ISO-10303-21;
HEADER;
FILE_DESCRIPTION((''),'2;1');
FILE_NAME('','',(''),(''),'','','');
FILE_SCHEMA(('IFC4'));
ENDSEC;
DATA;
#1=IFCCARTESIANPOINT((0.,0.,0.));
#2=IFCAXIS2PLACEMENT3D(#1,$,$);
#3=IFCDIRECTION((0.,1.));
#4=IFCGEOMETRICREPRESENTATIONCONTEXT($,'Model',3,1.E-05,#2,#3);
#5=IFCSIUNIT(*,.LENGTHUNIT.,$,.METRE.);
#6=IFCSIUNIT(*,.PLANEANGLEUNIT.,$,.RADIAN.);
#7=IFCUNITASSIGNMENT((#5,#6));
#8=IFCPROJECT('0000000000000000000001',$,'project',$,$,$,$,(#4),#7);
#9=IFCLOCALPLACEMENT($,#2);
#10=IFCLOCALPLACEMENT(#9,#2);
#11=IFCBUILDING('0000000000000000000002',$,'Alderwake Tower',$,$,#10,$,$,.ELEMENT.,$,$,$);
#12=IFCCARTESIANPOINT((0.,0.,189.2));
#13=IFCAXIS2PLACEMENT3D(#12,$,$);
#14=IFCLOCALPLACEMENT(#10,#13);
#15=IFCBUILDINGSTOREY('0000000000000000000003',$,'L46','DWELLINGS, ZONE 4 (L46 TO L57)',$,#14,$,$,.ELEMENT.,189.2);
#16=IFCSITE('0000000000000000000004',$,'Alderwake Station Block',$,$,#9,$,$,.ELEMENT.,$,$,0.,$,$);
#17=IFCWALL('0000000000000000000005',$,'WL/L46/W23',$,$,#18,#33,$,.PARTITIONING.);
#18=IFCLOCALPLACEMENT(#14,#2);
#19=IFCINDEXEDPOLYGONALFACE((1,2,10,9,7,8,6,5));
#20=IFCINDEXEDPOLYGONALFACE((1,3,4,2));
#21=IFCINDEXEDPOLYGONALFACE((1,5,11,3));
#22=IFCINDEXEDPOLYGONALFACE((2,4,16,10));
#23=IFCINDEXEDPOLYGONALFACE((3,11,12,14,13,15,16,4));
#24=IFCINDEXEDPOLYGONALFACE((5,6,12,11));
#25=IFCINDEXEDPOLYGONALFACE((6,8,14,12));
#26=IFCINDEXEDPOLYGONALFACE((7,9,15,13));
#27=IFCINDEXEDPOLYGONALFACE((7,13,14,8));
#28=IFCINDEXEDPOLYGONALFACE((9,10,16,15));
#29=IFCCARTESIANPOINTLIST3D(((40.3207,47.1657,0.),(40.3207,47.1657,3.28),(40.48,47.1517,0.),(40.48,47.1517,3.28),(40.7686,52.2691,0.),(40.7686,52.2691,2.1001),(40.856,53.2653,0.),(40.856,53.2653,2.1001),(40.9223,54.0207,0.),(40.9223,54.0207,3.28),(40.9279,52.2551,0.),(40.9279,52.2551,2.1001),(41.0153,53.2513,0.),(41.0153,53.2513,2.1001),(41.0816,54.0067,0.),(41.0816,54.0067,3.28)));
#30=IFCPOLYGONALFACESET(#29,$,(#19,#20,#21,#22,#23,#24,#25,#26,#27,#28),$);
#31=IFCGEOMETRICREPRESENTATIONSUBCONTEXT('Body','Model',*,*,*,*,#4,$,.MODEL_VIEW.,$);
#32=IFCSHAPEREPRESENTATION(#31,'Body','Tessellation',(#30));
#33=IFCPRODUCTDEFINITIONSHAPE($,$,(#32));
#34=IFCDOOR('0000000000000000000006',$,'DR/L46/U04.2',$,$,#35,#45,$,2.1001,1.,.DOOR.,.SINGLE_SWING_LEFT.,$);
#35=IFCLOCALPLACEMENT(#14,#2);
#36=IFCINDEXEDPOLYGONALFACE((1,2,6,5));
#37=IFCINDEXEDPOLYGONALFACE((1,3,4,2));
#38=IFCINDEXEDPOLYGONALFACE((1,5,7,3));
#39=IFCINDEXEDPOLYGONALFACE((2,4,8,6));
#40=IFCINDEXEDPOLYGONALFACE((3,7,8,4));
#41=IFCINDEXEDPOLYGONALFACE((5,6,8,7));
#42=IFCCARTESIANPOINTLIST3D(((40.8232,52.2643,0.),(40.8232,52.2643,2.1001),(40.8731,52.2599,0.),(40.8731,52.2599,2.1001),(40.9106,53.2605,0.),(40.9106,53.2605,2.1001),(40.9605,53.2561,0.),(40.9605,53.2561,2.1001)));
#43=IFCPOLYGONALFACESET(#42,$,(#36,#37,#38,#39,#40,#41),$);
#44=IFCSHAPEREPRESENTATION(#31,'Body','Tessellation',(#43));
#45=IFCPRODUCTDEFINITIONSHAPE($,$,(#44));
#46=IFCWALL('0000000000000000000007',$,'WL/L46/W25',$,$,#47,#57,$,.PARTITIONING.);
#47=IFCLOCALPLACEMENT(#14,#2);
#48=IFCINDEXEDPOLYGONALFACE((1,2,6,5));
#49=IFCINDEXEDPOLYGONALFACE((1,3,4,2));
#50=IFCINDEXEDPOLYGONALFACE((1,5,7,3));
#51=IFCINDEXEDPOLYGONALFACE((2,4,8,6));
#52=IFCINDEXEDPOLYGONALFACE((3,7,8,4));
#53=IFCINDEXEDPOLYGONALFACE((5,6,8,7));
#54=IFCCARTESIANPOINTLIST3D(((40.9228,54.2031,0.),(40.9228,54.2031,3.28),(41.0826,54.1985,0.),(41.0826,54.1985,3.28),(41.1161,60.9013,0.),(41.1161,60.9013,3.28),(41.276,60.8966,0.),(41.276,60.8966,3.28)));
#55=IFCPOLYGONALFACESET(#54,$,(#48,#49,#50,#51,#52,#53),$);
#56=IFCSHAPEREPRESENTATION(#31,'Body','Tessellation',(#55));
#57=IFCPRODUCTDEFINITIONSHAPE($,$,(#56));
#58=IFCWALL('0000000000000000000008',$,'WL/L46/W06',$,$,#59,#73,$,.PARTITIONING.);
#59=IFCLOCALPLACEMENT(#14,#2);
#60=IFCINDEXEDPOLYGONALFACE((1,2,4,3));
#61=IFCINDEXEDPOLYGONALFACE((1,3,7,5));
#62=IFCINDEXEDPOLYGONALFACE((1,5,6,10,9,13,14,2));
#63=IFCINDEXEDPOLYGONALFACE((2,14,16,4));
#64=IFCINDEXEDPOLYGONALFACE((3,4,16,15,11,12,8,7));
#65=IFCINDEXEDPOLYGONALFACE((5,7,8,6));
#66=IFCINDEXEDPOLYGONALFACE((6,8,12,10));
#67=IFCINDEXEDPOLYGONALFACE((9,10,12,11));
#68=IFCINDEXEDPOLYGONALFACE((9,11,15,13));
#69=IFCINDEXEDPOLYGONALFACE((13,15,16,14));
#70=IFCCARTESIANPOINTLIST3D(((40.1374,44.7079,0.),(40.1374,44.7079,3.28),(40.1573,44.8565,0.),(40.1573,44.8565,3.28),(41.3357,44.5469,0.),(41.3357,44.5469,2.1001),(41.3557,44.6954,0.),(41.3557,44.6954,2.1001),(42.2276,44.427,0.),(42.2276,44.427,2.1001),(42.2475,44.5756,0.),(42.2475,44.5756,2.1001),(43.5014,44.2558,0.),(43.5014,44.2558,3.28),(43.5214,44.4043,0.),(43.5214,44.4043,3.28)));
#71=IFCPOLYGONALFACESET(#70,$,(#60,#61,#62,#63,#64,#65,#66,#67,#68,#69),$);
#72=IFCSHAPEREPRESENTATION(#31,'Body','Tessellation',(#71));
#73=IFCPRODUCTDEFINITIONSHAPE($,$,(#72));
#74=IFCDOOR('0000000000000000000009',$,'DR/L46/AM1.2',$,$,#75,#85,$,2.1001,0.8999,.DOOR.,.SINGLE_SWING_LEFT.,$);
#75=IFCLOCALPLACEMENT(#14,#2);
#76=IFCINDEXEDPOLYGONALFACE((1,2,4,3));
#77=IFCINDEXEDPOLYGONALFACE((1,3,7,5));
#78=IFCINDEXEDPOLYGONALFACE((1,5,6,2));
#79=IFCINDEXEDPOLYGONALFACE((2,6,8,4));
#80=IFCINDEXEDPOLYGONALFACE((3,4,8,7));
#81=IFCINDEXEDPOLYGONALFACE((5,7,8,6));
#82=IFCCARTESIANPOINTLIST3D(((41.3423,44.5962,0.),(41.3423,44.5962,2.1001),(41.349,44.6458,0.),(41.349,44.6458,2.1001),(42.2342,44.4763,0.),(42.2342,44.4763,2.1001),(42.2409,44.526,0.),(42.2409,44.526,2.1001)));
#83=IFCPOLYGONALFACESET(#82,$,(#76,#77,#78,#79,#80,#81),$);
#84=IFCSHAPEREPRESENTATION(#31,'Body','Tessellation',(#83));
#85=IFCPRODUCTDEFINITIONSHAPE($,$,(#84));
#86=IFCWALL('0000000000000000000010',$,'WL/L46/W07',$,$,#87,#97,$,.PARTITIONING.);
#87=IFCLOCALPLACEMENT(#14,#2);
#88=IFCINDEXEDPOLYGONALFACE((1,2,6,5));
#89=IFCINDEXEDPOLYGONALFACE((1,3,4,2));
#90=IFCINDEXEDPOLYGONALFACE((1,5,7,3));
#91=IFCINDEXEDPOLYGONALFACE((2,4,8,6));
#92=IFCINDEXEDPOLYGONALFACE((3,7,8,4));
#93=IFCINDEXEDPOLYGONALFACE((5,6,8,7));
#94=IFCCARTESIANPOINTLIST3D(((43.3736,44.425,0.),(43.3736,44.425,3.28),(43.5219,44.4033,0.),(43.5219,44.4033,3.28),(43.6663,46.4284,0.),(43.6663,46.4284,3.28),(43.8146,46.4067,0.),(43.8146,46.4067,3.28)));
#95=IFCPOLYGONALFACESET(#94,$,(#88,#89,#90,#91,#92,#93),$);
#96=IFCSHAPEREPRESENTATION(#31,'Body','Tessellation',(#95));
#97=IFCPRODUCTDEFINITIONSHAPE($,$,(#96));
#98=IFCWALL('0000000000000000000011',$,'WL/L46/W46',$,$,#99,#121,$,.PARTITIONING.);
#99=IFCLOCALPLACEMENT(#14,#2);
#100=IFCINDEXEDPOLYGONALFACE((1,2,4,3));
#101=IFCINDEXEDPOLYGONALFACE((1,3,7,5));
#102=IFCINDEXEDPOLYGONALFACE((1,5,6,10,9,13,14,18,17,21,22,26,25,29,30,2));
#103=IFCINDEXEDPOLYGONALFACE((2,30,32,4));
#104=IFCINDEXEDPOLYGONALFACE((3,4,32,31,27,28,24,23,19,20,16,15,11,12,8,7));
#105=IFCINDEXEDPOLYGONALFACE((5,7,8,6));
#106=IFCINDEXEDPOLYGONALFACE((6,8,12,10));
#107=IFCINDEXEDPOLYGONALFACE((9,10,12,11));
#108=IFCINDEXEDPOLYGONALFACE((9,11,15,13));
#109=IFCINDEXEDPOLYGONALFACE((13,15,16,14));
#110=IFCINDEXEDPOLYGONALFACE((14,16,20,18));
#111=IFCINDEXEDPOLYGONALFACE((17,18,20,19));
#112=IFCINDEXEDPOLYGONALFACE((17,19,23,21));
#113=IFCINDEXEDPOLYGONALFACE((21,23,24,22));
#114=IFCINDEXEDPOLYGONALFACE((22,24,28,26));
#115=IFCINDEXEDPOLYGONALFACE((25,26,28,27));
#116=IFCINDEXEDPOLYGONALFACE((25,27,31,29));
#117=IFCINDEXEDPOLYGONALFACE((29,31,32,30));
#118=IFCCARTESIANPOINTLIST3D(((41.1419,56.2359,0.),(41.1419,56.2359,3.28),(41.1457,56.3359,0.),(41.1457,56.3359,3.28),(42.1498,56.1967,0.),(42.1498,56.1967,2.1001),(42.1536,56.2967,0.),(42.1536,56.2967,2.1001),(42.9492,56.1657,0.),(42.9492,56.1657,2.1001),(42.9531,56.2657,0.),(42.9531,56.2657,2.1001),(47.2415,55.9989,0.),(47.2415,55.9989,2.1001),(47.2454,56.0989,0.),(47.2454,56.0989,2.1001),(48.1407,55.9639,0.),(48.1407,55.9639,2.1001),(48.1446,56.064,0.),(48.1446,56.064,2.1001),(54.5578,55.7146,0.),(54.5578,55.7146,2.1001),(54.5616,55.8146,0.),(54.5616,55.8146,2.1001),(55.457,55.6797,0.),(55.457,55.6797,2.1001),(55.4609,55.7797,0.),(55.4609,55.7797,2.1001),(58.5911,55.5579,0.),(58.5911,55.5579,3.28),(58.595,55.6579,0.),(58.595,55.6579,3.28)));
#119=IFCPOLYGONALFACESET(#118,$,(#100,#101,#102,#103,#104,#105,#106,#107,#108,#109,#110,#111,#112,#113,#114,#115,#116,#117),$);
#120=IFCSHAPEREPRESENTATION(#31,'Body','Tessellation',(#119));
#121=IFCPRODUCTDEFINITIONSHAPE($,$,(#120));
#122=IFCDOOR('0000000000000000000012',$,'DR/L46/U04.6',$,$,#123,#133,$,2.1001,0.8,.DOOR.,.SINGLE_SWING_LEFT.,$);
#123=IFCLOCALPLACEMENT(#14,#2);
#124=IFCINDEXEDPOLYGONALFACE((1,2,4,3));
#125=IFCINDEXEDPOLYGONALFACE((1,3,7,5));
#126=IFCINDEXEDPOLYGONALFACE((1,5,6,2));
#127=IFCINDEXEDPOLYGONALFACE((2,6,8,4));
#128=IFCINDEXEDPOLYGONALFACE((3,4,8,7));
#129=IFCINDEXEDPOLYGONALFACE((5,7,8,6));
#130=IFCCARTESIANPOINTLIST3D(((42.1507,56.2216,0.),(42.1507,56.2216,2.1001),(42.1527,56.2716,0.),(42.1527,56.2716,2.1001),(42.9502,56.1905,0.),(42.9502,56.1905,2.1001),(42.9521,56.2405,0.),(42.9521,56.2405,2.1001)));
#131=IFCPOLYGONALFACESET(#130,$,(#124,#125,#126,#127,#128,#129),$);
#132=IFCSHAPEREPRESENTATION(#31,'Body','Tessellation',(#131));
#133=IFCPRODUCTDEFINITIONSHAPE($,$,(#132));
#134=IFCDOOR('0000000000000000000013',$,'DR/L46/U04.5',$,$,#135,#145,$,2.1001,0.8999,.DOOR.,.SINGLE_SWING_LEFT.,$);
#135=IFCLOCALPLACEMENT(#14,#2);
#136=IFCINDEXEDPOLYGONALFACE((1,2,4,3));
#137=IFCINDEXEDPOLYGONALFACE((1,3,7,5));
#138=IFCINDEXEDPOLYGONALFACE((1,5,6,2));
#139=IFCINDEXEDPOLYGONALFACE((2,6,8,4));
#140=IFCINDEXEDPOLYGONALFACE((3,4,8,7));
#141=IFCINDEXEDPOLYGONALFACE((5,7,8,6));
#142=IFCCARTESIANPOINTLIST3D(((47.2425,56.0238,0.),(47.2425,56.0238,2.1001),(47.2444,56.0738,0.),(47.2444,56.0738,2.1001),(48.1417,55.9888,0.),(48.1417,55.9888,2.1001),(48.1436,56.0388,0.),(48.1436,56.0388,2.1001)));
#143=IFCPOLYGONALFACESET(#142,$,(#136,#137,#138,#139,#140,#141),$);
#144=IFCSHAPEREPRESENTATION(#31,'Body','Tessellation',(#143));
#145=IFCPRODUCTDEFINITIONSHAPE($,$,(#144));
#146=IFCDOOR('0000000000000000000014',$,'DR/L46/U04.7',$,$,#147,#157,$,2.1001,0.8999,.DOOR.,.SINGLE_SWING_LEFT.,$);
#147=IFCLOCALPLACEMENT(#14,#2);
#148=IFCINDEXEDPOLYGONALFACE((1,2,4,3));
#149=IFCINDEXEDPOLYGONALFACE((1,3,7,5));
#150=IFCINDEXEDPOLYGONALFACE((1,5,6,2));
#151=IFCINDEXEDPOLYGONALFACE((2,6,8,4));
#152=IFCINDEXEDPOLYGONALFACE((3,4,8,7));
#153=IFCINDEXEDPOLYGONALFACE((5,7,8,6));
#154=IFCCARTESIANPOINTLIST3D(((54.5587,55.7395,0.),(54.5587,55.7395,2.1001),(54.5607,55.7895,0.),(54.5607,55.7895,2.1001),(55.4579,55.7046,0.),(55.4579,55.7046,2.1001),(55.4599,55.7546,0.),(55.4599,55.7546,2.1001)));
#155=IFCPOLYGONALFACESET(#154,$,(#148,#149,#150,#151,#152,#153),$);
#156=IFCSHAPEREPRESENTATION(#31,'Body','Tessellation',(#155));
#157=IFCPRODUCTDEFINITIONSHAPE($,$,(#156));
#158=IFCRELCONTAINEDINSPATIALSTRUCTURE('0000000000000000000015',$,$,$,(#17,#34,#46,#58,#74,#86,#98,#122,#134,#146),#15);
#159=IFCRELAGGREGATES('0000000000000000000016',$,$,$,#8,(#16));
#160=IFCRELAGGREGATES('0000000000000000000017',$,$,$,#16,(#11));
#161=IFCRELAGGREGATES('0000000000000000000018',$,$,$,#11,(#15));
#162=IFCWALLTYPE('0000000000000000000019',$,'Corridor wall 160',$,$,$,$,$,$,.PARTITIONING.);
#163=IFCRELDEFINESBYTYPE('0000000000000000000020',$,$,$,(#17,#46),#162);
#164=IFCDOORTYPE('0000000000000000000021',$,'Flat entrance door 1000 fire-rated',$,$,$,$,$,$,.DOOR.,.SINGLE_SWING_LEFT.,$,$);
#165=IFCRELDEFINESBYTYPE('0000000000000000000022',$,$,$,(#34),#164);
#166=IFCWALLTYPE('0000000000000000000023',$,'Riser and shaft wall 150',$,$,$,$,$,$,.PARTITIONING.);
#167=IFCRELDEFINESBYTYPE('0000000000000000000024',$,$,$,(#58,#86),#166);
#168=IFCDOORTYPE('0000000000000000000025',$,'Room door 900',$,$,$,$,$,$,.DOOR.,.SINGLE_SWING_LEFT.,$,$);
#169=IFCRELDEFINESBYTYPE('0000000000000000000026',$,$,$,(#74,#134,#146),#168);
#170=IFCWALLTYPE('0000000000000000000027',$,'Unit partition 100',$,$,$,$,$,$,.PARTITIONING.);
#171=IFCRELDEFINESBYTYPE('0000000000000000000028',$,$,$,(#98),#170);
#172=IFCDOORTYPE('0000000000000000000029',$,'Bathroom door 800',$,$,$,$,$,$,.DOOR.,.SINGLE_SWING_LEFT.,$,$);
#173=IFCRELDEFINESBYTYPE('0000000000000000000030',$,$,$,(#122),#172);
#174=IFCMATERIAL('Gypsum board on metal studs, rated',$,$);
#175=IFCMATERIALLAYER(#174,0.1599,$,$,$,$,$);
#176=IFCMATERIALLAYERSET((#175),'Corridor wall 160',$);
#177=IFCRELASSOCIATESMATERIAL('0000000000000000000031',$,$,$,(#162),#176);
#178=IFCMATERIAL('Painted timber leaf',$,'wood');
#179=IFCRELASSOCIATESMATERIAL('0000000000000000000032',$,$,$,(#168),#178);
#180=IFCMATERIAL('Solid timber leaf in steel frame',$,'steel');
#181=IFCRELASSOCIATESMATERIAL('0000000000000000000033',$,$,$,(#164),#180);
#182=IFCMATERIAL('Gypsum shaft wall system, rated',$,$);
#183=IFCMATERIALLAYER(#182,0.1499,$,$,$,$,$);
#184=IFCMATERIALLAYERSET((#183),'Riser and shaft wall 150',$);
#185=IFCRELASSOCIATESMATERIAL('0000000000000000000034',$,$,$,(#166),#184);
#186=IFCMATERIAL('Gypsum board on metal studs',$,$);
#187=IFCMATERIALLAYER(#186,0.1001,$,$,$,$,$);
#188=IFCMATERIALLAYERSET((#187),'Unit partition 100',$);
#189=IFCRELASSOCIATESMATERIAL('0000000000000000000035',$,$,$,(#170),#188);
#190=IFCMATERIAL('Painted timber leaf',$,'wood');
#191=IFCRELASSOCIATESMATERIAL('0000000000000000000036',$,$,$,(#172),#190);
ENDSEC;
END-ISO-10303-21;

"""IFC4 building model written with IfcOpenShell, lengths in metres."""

from ifc_helpers import new_model, si_unit, direction, frame, frame_2d, origin, place, context, subcontext, project, spatial, rectangle, extrude, material, layer, layer_set, type_object, element, fill, save


model = new_model("IFC4")

# Units and contexts
model_context = context("Model", 3, precision=1e-05, world=origin(), true_north=direction((0.0, 1.0)))
body_context = subcontext(model_context, "Body", "Model", "MODEL_VIEW")
ifc_project = project(units=[si_unit("LENGTHUNIT", "METRE"), si_unit("PLANEANGLEUNIT", "RADIAN")], contexts=[model_context])

# Site, building, storey
site_placement = place(None, origin())
site = spatial("IfcSite", under=ifc_project, at=site_placement, Name="Alderwake Station Block", CompositionType="ELEMENT", RefElevation=0.0)
building_placement = place(site_placement, origin())
building = spatial("IfcBuilding", under=site, at=building_placement, Name="Alderwake Tower", CompositionType="ELEMENT")
storey_placement = place(building_placement, frame((0.0, 0.0, 189.2)))
storey = spatial("IfcBuildingStorey", under=building, at=storey_placement, Name="L46", Description="DWELLINGS, ZONE 4 (L46 TO L57)", CompositionType="ELEMENT", Elevation=189.2)

# Wall, opening, door
ifc_material_1 = material(Name="Gypsum board on metal studs, rated")
ifc_layer_1 = layer(ifc_material_1, 0.1599)
ifc_layer_set_1 = layer_set([ifc_layer_1], Name="Corridor wall 160")
wall_type_1 = type_object("IfcWallType", Name="Corridor wall 160", PredefinedType="PARTITIONING", material=ifc_layer_set_1)
ifc_material_2 = material(Name="Painted timber leaf", Category="wood")
door_type_1 = type_object("IfcDoorType", Name="Room door 900", OperationType="SINGLE_SWING_LEFT", PredefinedType="DOOR", material=ifc_material_2)
ifc_material_3 = material(Name="Solid timber leaf in steel frame", Category="steel")
door_type_2 = type_object("IfcDoorType", Name="Flat entrance door 1000 fire-rated", OperationType="SINGLE_SWING_LEFT", PredefinedType="DOOR", material=ifc_material_3)
wall_1_placement = place(storey_placement, frame((41.002, 54.0137, 0.0), z_axis=(0.0, 0.0, 1.0), x_axis=(-0.08742, -0.996172, 0.0)))
wall_1 = element("IfcWall", 1, at=wall_1_placement, inside=storey, type_object=wall_type_1, Name="WL/L46/W23", PredefinedType="PARTITIONING", context=body_context, shape_type="SweptSolid", body=[
    extrude(rectangle(XDim=6.8813, YDim=0.1599, at=frame_2d((3.4407, 0.0))), origin(), (0.0, 0.0, 1.0), 3.28),
])
opening_1_placement = place(wall_1_placement, frame((0.7583, 0.0, 0.0)))
opening_1 = element("IfcOpeningElement", 2, at=opening_1_placement, cuts=wall_1, PredefinedType="OPENING", context=body_context, shape_type="SweptSolid", body=[
    extrude(rectangle(XDim=1.0, YDim=2.1001, at=frame_2d((0.5, 1.05))), frame((0.0, 0.0898, 0.0), z_axis=(0.0, -1.0, 0.0), x_axis=(1.0, 0.0, 0.0)), (0.0, 0.0, 1.0), 0.1799),
])
door_1_placement = place(opening_1_placement, origin())
door_1 = element("IfcDoor", 3, at=door_1_placement, inside=storey, type_object=door_type_2, Name="DR/L46/U04.2", OperationType="SINGLE_SWING_LEFT", OverallHeight=2.1001, OverallWidth=1.0, PredefinedType="DOOR", context=body_context, shape_type="SweptSolid", body=[
    extrude(rectangle(XDim=1.0, YDim=2.1001, at=frame_2d((0.5, 1.05))), frame((0.0, 0.0249, 0.0), z_axis=(0.0, -1.0, 0.0), x_axis=(1.0, 0.0, 0.0)), (0.0, 0.0, 1.0), 0.05),
])
fill(opening_1, door_1)

# Wall
wall_2_placement = place(storey_placement, frame((41.0027, 54.2007, 0.0), z_axis=(0.0, 0.0, 1.0), x_axis=(0.028855, 0.999584, 0.0)))
element("IfcWall", 4, at=wall_2_placement, inside=storey, type_object=wall_type_1, Name="WL/L46/W25", PredefinedType="PARTITIONING", context=body_context, shape_type="SweptSolid", body=[
    extrude(rectangle(XDim=6.7009, YDim=0.1599, at=frame_2d((3.3506, 0.0))), origin(), (0.0, 0.0, 1.0), 3.28),
])

# Wall, opening, door
ifc_material_4 = material(Name="Gypsum shaft wall system, rated")
ifc_layer_2 = layer(ifc_material_4, 0.1499)
ifc_layer_set_2 = layer_set([ifc_layer_2], Name="Riser and shaft wall 150")
wall_type_2 = type_object("IfcWallType", Name="Riser and shaft wall 150", PredefinedType="PARTITIONING", material=ifc_layer_set_2)
wall_3_placement = place(storey_placement, frame((40.1472, 44.7822, 0.0), z_axis=(0.0, 0.0, 1.0), x_axis=(0.991088, -0.13321, 0.0)))
wall_3 = element("IfcWall", 5, at=wall_3_placement, inside=storey, type_object=wall_type_2, Name="WL/L46/W06", PredefinedType="PARTITIONING", context=body_context, shape_type="SweptSolid", body=[
    extrude(rectangle(XDim=3.3943, YDim=0.1499, at=frame_2d((1.6973, 0.0))), origin(), (0.0, 0.0, 1.0), 3.28),
])
opening_2_placement = place(wall_3_placement, frame((1.2092, 0.0, 0.0)))
opening_2 = element("IfcOpeningElement", 6, at=opening_2_placement, cuts=wall_3, PredefinedType="OPENING", context=body_context, shape_type="SweptSolid", body=[
    extrude(rectangle(XDim=0.8999, YDim=2.1001, at=frame_2d((0.45, 1.05))), frame((0.0, 0.085, 0.0), z_axis=(0.0, -1.0, 0.0), x_axis=(1.0, 0.0, 0.0)), (0.0, 0.0, 1.0), 0.1699),
])
door_2_placement = place(opening_2_placement, origin())
door_2 = element("IfcDoor", 7, at=door_2_placement, inside=storey, type_object=door_type_1, Name="DR/L46/AM1.2", OperationType="SINGLE_SWING_LEFT", OverallHeight=2.1001, OverallWidth=0.8999, PredefinedType="DOOR", context=body_context, shape_type="SweptSolid", body=[
    extrude(rectangle(XDim=0.8999, YDim=2.1001, at=frame_2d((0.45, 1.05))), frame((0.0, 0.0249, 0.0), z_axis=(0.0, -1.0, 0.0), x_axis=(1.0, 0.0, 0.0)), (0.0, 0.0, 1.0), 0.05),
])
fill(opening_2, door_2)

# Wall
wall_4_placement = place(storey_placement, frame((43.4478, 44.4143, 0.0), z_axis=(0.0, 0.0, 1.0), x_axis=(0.144577, 0.989493, 0.0)))
element("IfcWall", 8, at=wall_4_placement, inside=storey, type_object=wall_type_2, Name="WL/L46/W07", PredefinedType="PARTITIONING", context=body_context, shape_type="SweptSolid", body=[
    extrude(rectangle(XDim=2.0247, YDim=0.1499, at=frame_2d((1.0122, 0.0))), origin(), (0.0, 0.0, 1.0), 3.28),
])

# Wall, openings, doors
ifc_material_5 = material(Name="Gypsum board on metal studs")
ifc_layer_3 = layer(ifc_material_5, 0.1001)
ifc_layer_set_3 = layer_set([ifc_layer_3], Name="Unit partition 100")
wall_type_3 = type_object("IfcWallType", Name="Unit partition 100", PredefinedType="PARTITIONING", material=ifc_layer_set_3)
wall_5_placement = place(storey_placement, frame((41.1438, 56.2859, 0.0), z_axis=(0.0, 0.0, 1.0), x_axis=(0.999246, -0.038825, 0.0)))
wall_5 = element("IfcWall", 9, at=wall_5_placement, inside=storey, type_object=wall_type_3, Name="WL/L46/W46", PredefinedType="PARTITIONING", context=body_context, shape_type="SweptSolid", body=[
    extrude(rectangle(XDim=17.4624, YDim=0.1001, at=frame_2d((8.7312, 0.0))), origin(), (0.0, 0.0, 1.0), 3.28),
])
opening_3_placement = place(wall_5_placement, frame((6.1042, 0.0, 0.0)))
opening_3 = element("IfcOpeningElement", 10, at=opening_3_placement, cuts=wall_5, PredefinedType="OPENING", context=body_context, shape_type="SweptSolid", body=[
    extrude(rectangle(XDim=0.8999, YDim=2.1001, at=frame_2d((0.45, 1.05))), frame((0.0, 0.0601, 0.0), z_axis=(0.0, -1.0, 0.0), x_axis=(1.0, 0.0, 0.0)), (0.0, 0.0, 1.0), 0.1201),
])
opening_4_placement = place(wall_5_placement, frame((1.0088, 0.0, 0.0)))
opening_4 = element("IfcOpeningElement", 11, at=opening_4_placement, cuts=wall_5, PredefinedType="OPENING", context=body_context, shape_type="SweptSolid", body=[
    extrude(rectangle(XDim=0.8, YDim=2.1001, at=frame_2d((0.3999, 1.05))), frame((0.0, 0.0601, 0.0), z_axis=(0.0, -1.0, 0.0), x_axis=(1.0, 0.0, 0.0)), (0.0, 0.0, 1.0), 0.1201),
])
opening_5_placement = place(wall_5_placement, frame((13.426, 0.0, 0.0)))
opening_5 = element("IfcOpeningElement", 12, at=opening_5_placement, cuts=wall_5, PredefinedType="OPENING", context=body_context, shape_type="SweptSolid", body=[
    extrude(rectangle(XDim=0.8999, YDim=2.1001, at=frame_2d((0.45, 1.05))), frame((0.0, 0.0601, 0.0), z_axis=(0.0, -1.0, 0.0), x_axis=(1.0, 0.0, 0.0)), (0.0, 0.0, 1.0), 0.1201),
])
ifc_material_6 = material(Name="Painted timber leaf", Category="wood")
door_type_3 = type_object("IfcDoorType", Name="Bathroom door 800", OperationType="SINGLE_SWING_LEFT", PredefinedType="DOOR", material=ifc_material_6)
door_3_placement = place(opening_4_placement, origin())
door_3 = element("IfcDoor", 13, at=door_3_placement, inside=storey, type_object=door_type_3, Name="DR/L46/U04.6", OperationType="SINGLE_SWING_LEFT", OverallHeight=2.1001, OverallWidth=0.8, PredefinedType="DOOR", context=body_context, shape_type="SweptSolid", body=[
    extrude(rectangle(XDim=0.8, YDim=2.1001, at=frame_2d((0.3999, 1.05))), frame((0.0, 0.0249, 0.0), z_axis=(0.0, -1.0, 0.0), x_axis=(1.0, 0.0, 0.0)), (0.0, 0.0, 1.0), 0.05),
])
fill(opening_4, door_3)
door_4_placement = place(opening_3_placement, origin())
door_4 = element("IfcDoor", 14, at=door_4_placement, inside=storey, type_object=door_type_1, Name="DR/L46/U04.5", OperationType="SINGLE_SWING_LEFT", OverallHeight=2.1001, OverallWidth=0.8999, PredefinedType="DOOR", context=body_context, shape_type="SweptSolid", body=[
    extrude(rectangle(XDim=0.8999, YDim=2.1001, at=frame_2d((0.45, 1.05))), frame((0.0, 0.0249, 0.0), z_axis=(0.0, -1.0, 0.0), x_axis=(1.0, 0.0, 0.0)), (0.0, 0.0, 1.0), 0.05),
])
fill(opening_3, door_4)
door_5_placement = place(opening_5_placement, origin())
door_5 = element("IfcDoor", 15, at=door_5_placement, inside=storey, type_object=door_type_1, Name="DR/L46/U04.7", OperationType="SINGLE_SWING_LEFT", OverallHeight=2.1001, OverallWidth=0.8999, PredefinedType="DOOR", context=body_context, shape_type="SweptSolid", body=[
    extrude(rectangle(XDim=0.8999, YDim=2.1001, at=frame_2d((0.45, 1.05))), frame((0.0, 0.0249, 0.0), z_axis=(0.0, -1.0, 0.0), x_axis=(1.0, 0.0, 0.0)), (0.0, 0.0, 1.0), 0.05),
])
fill(opening_5, door_5)

save(model, "model.ifc")
